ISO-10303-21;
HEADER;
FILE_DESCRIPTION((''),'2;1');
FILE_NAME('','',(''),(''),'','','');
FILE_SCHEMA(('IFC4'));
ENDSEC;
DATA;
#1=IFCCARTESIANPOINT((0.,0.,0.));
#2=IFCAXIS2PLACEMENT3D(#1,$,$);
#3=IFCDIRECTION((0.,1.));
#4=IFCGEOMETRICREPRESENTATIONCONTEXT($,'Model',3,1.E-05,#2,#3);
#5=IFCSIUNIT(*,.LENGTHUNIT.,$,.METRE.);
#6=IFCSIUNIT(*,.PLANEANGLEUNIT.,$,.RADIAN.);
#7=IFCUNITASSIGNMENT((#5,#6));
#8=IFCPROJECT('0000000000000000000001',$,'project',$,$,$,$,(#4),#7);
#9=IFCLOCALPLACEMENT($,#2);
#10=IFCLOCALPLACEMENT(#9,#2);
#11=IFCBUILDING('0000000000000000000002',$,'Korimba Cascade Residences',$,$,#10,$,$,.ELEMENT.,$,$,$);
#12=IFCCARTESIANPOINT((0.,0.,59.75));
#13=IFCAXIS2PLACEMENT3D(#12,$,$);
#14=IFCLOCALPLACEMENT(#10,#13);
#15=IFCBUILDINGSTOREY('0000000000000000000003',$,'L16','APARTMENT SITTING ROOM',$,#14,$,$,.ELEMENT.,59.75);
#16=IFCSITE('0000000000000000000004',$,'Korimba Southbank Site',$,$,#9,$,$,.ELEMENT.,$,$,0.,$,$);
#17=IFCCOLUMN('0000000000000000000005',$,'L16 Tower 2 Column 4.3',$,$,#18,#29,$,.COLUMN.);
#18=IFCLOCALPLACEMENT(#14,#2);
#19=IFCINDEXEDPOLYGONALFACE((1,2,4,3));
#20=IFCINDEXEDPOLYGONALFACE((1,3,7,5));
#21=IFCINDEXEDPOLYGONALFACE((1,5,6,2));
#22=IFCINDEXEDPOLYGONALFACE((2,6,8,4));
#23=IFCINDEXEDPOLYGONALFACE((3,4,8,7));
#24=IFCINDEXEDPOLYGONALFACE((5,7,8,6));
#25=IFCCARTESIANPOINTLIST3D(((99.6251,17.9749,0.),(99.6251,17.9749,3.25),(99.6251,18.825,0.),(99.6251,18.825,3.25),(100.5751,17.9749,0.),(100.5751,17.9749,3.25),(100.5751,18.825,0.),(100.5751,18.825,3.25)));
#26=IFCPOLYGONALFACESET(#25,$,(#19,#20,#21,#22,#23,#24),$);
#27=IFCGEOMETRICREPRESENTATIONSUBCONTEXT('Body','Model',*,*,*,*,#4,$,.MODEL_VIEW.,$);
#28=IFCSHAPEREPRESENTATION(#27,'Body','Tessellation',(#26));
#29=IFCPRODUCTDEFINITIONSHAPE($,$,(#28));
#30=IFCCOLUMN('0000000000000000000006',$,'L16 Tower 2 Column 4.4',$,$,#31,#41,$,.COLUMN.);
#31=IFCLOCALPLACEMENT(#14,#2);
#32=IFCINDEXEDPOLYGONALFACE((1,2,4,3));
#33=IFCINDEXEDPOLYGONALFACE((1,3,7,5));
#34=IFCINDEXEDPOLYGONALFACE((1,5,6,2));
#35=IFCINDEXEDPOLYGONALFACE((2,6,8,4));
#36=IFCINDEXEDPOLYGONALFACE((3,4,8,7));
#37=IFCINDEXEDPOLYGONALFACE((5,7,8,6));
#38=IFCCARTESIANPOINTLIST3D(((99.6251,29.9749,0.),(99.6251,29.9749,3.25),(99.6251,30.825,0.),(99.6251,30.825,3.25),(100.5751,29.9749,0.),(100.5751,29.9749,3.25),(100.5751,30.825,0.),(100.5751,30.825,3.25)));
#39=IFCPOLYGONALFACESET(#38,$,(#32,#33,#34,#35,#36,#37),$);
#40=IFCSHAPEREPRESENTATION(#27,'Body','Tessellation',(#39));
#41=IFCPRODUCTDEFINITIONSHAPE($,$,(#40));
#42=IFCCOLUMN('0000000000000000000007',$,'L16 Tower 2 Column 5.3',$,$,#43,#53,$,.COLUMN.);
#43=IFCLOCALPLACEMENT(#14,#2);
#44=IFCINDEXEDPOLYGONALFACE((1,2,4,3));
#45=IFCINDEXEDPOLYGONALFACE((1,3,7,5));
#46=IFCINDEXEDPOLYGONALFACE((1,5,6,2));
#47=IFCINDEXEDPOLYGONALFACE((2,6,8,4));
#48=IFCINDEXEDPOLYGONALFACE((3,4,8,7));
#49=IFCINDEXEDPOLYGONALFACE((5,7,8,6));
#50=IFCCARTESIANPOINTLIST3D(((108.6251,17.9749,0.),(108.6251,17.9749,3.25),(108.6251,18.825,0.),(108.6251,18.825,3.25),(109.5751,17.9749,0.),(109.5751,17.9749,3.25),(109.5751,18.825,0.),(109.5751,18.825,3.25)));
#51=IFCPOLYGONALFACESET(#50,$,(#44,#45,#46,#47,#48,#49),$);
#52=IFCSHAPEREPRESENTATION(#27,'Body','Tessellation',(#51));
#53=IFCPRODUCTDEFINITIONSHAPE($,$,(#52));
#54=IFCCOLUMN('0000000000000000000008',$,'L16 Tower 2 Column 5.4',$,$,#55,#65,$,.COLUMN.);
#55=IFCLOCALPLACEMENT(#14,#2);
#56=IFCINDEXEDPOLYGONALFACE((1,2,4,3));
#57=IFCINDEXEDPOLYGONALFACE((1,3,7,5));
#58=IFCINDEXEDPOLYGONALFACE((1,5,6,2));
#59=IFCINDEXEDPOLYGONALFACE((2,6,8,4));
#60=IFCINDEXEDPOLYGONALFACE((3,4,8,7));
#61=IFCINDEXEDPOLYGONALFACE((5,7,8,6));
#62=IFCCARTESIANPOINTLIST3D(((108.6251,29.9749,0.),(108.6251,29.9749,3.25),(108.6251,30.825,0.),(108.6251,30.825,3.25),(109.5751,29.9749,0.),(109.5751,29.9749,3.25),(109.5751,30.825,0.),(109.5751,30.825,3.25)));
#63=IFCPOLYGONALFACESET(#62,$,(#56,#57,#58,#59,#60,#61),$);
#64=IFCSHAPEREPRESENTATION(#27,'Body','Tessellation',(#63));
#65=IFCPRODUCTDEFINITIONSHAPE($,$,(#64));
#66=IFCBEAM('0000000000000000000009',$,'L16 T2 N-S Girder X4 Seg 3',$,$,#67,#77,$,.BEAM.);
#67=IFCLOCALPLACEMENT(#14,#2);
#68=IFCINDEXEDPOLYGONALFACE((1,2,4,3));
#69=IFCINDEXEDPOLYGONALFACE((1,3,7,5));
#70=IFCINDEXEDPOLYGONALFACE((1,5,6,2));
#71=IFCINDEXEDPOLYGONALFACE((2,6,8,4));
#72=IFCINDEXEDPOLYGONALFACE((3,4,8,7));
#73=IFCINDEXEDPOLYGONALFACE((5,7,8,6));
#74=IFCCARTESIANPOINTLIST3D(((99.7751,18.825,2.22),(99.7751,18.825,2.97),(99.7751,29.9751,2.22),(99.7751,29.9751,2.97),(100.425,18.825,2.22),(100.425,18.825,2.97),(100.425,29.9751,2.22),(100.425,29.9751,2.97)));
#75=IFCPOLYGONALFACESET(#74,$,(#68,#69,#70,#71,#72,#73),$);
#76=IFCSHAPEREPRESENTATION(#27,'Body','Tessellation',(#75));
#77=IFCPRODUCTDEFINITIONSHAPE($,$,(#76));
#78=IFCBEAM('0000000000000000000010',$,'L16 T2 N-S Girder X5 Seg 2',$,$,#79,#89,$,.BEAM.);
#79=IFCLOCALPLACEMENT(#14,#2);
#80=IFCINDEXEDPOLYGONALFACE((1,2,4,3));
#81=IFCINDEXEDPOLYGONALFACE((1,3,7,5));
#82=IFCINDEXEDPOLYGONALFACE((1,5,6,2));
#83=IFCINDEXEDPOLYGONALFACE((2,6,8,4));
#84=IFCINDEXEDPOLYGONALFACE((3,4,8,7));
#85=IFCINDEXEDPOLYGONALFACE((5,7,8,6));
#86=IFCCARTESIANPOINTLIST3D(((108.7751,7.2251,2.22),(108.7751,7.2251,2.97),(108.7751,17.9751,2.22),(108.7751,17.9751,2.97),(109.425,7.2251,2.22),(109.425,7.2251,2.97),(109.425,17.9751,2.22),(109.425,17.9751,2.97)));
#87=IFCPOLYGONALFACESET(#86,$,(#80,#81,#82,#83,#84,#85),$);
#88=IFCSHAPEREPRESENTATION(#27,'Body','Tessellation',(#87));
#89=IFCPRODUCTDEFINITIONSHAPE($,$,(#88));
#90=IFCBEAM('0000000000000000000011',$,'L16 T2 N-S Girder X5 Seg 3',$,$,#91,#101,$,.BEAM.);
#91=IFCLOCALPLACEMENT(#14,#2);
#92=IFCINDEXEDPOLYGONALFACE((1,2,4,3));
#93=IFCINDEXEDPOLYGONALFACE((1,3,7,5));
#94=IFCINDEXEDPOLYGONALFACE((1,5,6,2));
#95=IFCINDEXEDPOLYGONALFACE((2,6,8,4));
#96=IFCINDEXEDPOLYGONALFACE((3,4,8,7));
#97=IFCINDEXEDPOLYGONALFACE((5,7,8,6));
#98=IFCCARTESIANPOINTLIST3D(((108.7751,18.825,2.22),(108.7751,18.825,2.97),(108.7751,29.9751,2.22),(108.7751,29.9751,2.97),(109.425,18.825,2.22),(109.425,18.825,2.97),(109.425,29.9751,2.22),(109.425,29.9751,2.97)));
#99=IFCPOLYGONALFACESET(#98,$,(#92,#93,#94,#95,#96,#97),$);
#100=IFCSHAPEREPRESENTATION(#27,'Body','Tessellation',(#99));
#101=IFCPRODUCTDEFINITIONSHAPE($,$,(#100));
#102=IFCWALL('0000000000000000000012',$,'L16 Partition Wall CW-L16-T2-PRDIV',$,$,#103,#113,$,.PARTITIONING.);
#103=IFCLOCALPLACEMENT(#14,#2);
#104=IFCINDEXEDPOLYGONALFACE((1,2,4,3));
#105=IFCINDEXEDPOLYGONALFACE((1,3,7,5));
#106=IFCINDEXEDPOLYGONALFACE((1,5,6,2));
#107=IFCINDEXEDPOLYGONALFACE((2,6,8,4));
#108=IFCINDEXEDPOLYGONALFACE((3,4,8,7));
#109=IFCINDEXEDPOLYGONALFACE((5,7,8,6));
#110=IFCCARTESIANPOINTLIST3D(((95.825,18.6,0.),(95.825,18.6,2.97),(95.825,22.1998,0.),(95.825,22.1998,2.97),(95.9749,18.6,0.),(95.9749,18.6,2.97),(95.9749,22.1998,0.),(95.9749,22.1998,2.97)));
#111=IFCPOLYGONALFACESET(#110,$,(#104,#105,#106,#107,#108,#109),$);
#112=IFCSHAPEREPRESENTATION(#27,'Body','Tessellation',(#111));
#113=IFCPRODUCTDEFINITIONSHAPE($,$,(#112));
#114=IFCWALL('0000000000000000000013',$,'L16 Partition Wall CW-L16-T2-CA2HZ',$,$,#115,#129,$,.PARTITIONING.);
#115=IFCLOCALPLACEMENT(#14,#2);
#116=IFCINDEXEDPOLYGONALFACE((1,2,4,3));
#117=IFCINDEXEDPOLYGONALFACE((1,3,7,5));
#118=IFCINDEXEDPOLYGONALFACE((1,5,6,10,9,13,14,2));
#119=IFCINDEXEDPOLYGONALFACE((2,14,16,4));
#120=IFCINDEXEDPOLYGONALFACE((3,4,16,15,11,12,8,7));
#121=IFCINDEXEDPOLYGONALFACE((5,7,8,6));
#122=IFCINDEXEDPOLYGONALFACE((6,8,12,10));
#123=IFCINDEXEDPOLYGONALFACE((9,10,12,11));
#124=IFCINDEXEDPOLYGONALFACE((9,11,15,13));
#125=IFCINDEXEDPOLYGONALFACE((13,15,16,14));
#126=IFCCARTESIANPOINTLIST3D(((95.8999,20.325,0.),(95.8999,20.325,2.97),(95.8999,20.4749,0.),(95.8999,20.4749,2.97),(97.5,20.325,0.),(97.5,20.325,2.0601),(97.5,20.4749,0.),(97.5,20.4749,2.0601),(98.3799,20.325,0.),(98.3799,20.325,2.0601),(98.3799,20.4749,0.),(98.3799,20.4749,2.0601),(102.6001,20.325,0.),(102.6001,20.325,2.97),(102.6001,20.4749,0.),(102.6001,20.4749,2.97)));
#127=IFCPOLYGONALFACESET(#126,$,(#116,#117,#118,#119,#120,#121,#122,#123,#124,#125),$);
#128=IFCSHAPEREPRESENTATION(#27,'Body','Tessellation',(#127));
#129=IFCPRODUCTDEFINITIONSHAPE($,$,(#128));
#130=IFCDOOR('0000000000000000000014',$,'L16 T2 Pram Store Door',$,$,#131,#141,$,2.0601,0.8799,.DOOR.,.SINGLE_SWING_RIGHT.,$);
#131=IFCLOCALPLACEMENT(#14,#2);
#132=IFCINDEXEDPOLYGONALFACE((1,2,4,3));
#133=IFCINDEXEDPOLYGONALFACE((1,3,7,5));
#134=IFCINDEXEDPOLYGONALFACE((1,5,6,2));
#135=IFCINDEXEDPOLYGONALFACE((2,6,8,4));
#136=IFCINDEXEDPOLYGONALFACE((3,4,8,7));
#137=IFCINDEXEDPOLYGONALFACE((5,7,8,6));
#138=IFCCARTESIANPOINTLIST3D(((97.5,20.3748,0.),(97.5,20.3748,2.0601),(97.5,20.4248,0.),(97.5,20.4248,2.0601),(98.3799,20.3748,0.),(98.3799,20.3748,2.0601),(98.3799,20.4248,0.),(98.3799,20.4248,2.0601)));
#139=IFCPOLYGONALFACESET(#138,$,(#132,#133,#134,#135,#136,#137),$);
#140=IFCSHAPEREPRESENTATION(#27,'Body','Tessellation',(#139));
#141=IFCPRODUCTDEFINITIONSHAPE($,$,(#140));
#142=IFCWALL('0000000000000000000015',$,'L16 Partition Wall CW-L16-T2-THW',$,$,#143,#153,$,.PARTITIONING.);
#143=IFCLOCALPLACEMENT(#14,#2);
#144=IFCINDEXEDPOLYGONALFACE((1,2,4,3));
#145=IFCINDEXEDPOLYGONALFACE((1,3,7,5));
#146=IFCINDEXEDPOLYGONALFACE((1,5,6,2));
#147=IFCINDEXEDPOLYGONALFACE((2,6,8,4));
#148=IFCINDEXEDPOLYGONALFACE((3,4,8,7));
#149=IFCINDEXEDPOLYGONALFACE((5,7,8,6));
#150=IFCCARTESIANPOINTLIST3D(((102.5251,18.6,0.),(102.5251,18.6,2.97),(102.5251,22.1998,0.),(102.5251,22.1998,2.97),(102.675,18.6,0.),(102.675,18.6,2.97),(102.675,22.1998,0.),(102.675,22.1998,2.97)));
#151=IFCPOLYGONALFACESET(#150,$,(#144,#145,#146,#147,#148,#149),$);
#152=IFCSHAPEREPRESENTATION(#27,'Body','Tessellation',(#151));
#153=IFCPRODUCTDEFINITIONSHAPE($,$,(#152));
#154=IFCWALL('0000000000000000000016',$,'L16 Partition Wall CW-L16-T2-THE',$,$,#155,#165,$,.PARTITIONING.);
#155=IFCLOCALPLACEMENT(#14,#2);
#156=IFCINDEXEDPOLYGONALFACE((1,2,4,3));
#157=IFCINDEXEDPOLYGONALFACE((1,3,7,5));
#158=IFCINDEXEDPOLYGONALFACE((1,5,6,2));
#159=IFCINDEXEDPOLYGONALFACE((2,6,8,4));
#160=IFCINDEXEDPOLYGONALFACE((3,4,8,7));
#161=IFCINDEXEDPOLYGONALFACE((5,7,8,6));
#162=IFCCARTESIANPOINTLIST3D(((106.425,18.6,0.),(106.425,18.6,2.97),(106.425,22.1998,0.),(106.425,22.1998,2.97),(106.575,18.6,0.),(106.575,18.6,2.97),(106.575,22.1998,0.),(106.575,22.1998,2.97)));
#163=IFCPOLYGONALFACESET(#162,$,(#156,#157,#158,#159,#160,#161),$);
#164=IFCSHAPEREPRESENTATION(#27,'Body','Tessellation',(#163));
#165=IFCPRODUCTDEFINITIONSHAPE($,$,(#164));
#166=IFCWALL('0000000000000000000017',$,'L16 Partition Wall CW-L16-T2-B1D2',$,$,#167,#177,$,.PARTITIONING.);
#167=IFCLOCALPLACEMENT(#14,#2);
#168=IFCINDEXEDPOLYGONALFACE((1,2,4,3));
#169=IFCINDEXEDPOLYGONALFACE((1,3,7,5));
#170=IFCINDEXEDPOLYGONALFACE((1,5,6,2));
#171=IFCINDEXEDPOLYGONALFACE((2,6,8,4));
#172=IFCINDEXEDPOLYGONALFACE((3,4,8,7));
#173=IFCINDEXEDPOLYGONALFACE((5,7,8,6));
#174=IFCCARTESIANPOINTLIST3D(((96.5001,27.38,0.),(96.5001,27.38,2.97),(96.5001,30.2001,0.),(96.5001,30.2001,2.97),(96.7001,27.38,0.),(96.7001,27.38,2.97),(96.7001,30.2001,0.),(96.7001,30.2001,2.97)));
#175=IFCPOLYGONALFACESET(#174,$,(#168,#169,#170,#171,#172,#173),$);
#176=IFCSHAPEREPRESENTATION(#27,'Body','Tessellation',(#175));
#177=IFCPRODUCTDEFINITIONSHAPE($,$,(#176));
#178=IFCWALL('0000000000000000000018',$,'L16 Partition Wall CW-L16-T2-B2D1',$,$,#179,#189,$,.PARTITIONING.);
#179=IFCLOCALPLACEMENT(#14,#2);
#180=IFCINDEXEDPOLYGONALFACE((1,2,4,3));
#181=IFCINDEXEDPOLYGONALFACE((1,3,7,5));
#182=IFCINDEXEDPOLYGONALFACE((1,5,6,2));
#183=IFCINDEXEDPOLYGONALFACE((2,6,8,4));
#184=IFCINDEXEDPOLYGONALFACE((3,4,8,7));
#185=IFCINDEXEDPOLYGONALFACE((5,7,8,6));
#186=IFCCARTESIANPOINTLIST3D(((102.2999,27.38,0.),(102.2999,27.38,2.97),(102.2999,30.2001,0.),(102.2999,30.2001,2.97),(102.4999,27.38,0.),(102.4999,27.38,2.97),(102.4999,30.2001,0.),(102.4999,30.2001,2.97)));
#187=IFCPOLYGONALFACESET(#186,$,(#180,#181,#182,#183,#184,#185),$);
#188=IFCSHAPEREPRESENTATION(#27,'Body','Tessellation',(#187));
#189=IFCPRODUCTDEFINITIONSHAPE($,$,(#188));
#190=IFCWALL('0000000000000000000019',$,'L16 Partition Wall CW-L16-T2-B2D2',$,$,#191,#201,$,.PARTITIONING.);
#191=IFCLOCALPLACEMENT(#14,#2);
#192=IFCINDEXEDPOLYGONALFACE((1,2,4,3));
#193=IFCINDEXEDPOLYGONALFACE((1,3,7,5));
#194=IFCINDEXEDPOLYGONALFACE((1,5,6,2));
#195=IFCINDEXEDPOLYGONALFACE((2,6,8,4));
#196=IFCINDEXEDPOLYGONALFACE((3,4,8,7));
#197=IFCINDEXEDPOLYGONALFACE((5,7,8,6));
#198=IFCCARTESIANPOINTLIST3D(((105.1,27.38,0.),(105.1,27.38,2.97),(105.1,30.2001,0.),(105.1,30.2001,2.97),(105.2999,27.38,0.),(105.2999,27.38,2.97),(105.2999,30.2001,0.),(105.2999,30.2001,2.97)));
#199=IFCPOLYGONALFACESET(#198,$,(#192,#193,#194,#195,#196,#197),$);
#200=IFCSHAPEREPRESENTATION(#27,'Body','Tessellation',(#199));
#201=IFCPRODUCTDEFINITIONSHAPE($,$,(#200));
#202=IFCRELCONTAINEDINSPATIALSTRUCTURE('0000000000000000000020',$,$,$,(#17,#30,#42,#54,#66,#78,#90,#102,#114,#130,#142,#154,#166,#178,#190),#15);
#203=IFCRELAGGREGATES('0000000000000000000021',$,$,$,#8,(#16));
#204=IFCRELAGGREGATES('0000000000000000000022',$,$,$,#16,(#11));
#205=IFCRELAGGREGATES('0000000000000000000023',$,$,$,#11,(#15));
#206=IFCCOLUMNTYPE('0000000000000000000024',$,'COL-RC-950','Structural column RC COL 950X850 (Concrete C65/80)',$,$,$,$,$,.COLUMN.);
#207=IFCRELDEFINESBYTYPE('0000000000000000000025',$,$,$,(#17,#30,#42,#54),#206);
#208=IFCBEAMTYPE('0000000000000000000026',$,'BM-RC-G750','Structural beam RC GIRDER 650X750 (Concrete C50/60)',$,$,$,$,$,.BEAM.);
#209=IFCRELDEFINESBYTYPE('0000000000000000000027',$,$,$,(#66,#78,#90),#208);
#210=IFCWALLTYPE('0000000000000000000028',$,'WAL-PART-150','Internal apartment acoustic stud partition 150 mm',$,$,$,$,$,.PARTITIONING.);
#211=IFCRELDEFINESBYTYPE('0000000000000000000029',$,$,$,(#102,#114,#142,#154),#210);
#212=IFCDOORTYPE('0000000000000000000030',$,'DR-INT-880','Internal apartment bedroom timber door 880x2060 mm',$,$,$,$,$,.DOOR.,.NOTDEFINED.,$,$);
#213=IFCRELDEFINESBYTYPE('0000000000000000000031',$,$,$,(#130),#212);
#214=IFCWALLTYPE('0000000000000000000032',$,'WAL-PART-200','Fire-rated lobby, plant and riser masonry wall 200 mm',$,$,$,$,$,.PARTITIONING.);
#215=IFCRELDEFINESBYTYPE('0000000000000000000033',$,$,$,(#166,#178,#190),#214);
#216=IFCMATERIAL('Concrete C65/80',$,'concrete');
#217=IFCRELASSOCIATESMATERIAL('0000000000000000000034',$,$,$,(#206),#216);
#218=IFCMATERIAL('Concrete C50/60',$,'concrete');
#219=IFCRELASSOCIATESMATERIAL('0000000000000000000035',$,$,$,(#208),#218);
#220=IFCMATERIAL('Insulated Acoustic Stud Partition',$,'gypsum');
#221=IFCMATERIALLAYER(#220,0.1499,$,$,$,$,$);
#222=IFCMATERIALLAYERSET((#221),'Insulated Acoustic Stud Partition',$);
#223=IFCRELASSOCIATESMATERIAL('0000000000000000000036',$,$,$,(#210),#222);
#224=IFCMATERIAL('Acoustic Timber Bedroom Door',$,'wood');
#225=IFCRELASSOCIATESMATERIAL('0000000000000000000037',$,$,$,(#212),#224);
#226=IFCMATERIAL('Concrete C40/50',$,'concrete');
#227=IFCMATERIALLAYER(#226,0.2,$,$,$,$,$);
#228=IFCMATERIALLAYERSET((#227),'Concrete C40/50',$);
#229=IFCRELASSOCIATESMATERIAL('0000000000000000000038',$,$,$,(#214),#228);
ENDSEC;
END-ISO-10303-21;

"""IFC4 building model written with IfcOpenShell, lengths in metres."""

from ifc_helpers import new_model, si_unit, direction, frame, frame_2d, origin, origin_2d, place, context, subcontext, project, spatial, rectangle, extrude, material, layer, layer_set, material_profile, profile_set, type_object, element, fill, save


model = new_model("IFC4")

# Units and contexts
model_context = context("Model", 3, precision=1e-05, world=origin(), true_north=direction((0.0, 1.0)))
body_context = subcontext(model_context, "Body", "Model", "MODEL_VIEW")
ifc_project = project(units=[si_unit("LENGTHUNIT", "METRE"), si_unit("PLANEANGLEUNIT", "RADIAN")], contexts=[model_context])

# Site, building, storey
site_placement = place(None, origin())
site = spatial("IfcSite", under=ifc_project, at=site_placement, Name="Korimba Southbank Site", CompositionType="ELEMENT", RefElevation=0.0)
building_placement = place(site_placement, origin())
building = spatial("IfcBuilding", under=site, at=building_placement, Name="Korimba Cascade Residences", CompositionType="ELEMENT")
storey_placement = place(building_placement, frame((0.0, 0.0, 59.75)))
storey = spatial("IfcBuildingStorey", under=building, at=storey_placement, Name="L16", Description="APARTMENT SITTING ROOM", CompositionType="ELEMENT", Elevation=59.75)

# Columns
ifc_material_1 = material(Name="Concrete C65/80", Category="concrete")
ifc_material_profile_1 = material_profile(ifc_material_1, rectangle(XDim=0.95, YDim=0.8501, at=origin_2d()), Name="Concrete C65/80")
ifc_profile_set_1 = profile_set([ifc_material_profile_1], Name="Concrete C65/80")
column_type = type_object("IfcColumnType", Name="COL-RC-950", Description="Structural column RC COL 950X850 (Concrete C65/80)", PredefinedType="COLUMN", material=ifc_profile_set_1)
for number, where, z_axis, x_axis, name in (
    (1, (100.1001, 18.3999, 0.0), (0.0, 0.0, 1.0), (1.0, 0.0, 0.0), "L16 Tower 2 Column 4.3"),
    (2, (100.1001, 30.3999, 0.0), (0.0, 0.0, 1.0), (1.0, 0.0, 0.0), "L16 Tower 2 Column 4.4"),
    (3, (109.1001, 18.3999, 0.0), (0.0, 0.0, 1.0), (1.0, 0.0, 0.0), "L16 Tower 2 Column 5.3"),
    (4, (109.1001, 30.3999, 0.0), (0.0, 0.0, 1.0), (1.0, 0.0, 0.0), "L16 Tower 2 Column 5.4"),
):
    element("IfcColumn", number, at=place(storey_placement, frame(where, z_axis=z_axis, x_axis=x_axis)), inside=storey, type_object=column_type, Name=name, PredefinedType="COLUMN", context=body_context, shape_type="SweptSolid", body=[
        extrude(rectangle(XDim=0.95, YDim=0.8501, at=origin_2d()), origin(), (0.0, 0.0, 1.0), 3.25),
    ])

# Beams
ifc_material_2 = material(Name="Concrete C50/60", Category="concrete")
ifc_material_profile_2 = material_profile(ifc_material_2, rectangle(XDim=0.6499, YDim=0.75, at=origin_2d()), Name="Concrete C50/60")
ifc_profile_set_2 = profile_set([ifc_material_profile_2], Name="Concrete C50/60")
beam_type = type_object("IfcBeamType", Name="BM-RC-G750", Description="Structural beam RC GIRDER 650X750 (Concrete C50/60)", PredefinedType="BEAM", material=ifc_profile_set_2)
beam_1_placement = place(storey_placement, frame((100.1001, 18.825, 2.595), z_axis=(0.0, 1.0, 0.0), x_axis=(-1.0, 0.0, 0.0)))
element("IfcBeam", 5, at=beam_1_placement, inside=storey, type_object=beam_type, Name="L16 T2 N-S Girder X4 Seg 3", PredefinedType="BEAM", context=body_context, shape_type="SweptSolid", body=[
    extrude(rectangle(XDim=0.6499, YDim=0.75, at=origin_2d()), origin(), (0.0, 0.0, 1.0), 11.1501),
])
beam_2_placement = place(storey_placement, frame((109.1001, 7.2251, 2.595), z_axis=(0.0, 1.0, 0.0), x_axis=(-1.0, 0.0, 0.0)))
element("IfcBeam", 6, at=beam_2_placement, inside=storey, type_object=beam_type, Name="L16 T2 N-S Girder X5 Seg 2", PredefinedType="BEAM", context=body_context, shape_type="SweptSolid", body=[
    extrude(rectangle(XDim=0.6499, YDim=0.75, at=origin_2d()), origin(), (0.0, 0.0, 1.0), 10.75),
])
beam_3_placement = place(storey_placement, frame((109.1001, 18.825, 2.595), z_axis=(0.0, 1.0, 0.0), x_axis=(-1.0, 0.0, 0.0)))
element("IfcBeam", 7, at=beam_3_placement, inside=storey, type_object=beam_type, Name="L16 T2 N-S Girder X5 Seg 3", PredefinedType="BEAM", context=body_context, shape_type="SweptSolid", body=[
    extrude(rectangle(XDim=0.6499, YDim=0.75, at=origin_2d()), origin(), (0.0, 0.0, 1.0), 11.1501),
])

# Wall
ifc_material_3 = material(Name="Insulated Acoustic Stud Partition", Category="gypsum")
ifc_layer_1 = layer(ifc_material_3, 0.1499)
ifc_layer_set_1 = layer_set([ifc_layer_1], Name="Insulated Acoustic Stud Partition")
wall_type_1 = type_object("IfcWallType", Name="WAL-PART-150", Description="Internal apartment acoustic stud partition 150 mm", PredefinedType="PARTITIONING", material=ifc_layer_set_1)
wall_1_placement = place(storey_placement, frame((95.8999, 18.6001, 0.0), z_axis=(0.0, 0.0, 1.0), x_axis=(0.0, 1.0, 0.0)))
element("IfcWall", 8, at=wall_1_placement, inside=storey, type_object=wall_type_1, Name="L16 Partition Wall CW-L16-T2-PRDIV", PredefinedType="PARTITIONING", context=body_context, shape_type="SweptSolid", body=[
    extrude(rectangle(XDim=3.5999, YDim=0.1499, at=frame_2d((1.7998, 0.0))), origin(), (0.0, 0.0, 1.0), 2.97),
])

# Wall, opening, door
wall_2_placement = place(storey_placement, frame((95.8999, 20.3999, 0.0), z_axis=(0.0, 0.0, 1.0), x_axis=(1.0, 0.0, 0.0)))
wall_2 = element("IfcWall", 9, at=wall_2_placement, inside=storey, type_object=wall_type_1, Name="L16 Partition Wall CW-L16-T2-CA2HZ", PredefinedType="PARTITIONING", context=body_context, shape_type="SweptSolid", body=[
    extrude(rectangle(XDim=6.7002, YDim=0.1499, at=frame_2d((3.3501, 0.0))), origin(), (0.0, 0.0, 1.0), 2.97),
])
opening_1_placement = place(wall_2_placement, frame((1.6001, 0.0, 0.0)))
opening_1 = element("IfcOpeningElement", 10, at=opening_1_placement, cuts=wall_2, PredefinedType="OPENING", context=body_context, shape_type="SweptSolid", body=[
    extrude(rectangle(XDim=0.8799, YDim=2.0601, at=frame_2d((0.4399, 1.03))), frame((0.0, 0.085, 0.0), z_axis=(0.0, -1.0, 0.0), x_axis=(1.0, 0.0, 0.0)), (0.0, 0.0, 1.0), 0.1699),
])
ifc_material_4 = material(Name="Acoustic Timber Bedroom Door", Category="wood")
door_type_1 = type_object("IfcDoorType", Name="DR-INT-880", Description="Internal apartment bedroom timber door 880x2060 mm", OperationType="NOTDEFINED", PredefinedType="DOOR", material=ifc_material_4)
door_1_placement = place(opening_1_placement, origin())
door_1 = element("IfcDoor", 11, at=door_1_placement, inside=storey, type_object=door_type_1, Name="L16 T2 Pram Store Door", OperationType="SINGLE_SWING_RIGHT", OverallHeight=2.0601, OverallWidth=0.8799, PredefinedType="DOOR", context=body_context, shape_type="SweptSolid", body=[
    extrude(rectangle(XDim=0.8799, YDim=2.0601, at=frame_2d((0.4399, 1.03))), frame((0.0, 0.0249, 0.0), z_axis=(0.0, -1.0, 0.0), x_axis=(1.0, 0.0, 0.0)), (0.0, 0.0, 1.0), 0.05),
])
fill(opening_1, door_1)

# Walls
for number, where, z_axis, x_axis, name in (
    (12, (102.6001, 18.6001, 0.0), (0.0, 0.0, 1.0), (0.0, 1.0, 0.0), "L16 Partition Wall CW-L16-T2-THW"),
    (13, (106.5, 18.6001, 0.0), (0.0, 0.0, 1.0), (0.0, 1.0, 0.0), "L16 Partition Wall CW-L16-T2-THE"),
):
    element("IfcWall", number, at=place(storey_placement, frame(where, z_axis=z_axis, x_axis=x_axis)), inside=storey, type_object=wall_type_1, Name=name, PredefinedType="PARTITIONING", context=body_context, shape_type="SweptSolid", body=[
        extrude(rectangle(XDim=3.5999, YDim=0.1499, at=frame_2d((1.7998, 0.0))), origin(), (0.0, 0.0, 1.0), 2.97),
    ])
ifc_material_5 = material(Name="Concrete C40/50", Category="concrete")
ifc_layer_2 = layer(ifc_material_5, 0.2)
ifc_layer_set_2 = layer_set([ifc_layer_2], Name="Concrete C40/50")
wall_type_2 = type_object("IfcWallType", Name="WAL-PART-200", Description="Fire-rated lobby, plant and riser masonry wall 200 mm", PredefinedType="PARTITIONING", material=ifc_layer_set_2)
for number, where, z_axis, x_axis, name in (
    (14, (96.6001, 27.3799, 0.0), (0.0, 0.0, 1.0), (0.0, 1.0, 0.0), "L16 Partition Wall CW-L16-T2-B1D2"),
    (15, (102.3999, 27.3799, 0.0), (0.0, 0.0, 1.0), (0.0, 1.0, 0.0), "L16 Partition Wall CW-L16-T2-B2D1"),
    (16, (105.2, 27.3799, 0.0), (0.0, 0.0, 1.0), (0.0, 1.0, 0.0), "L16 Partition Wall CW-L16-T2-B2D2"),
):
    element("IfcWall", number, at=place(storey_placement, frame(where, z_axis=z_axis, x_axis=x_axis)), inside=storey, type_object=wall_type_2, Name=name, PredefinedType="PARTITIONING", context=body_context, shape_type="SweptSolid", body=[
        extrude(rectangle(XDim=2.8201, YDim=0.2, at=frame_2d((1.4102, 0.0))), origin(), (0.0, 0.0, 1.0), 2.97),
    ])

save(model, "model.ifc")
